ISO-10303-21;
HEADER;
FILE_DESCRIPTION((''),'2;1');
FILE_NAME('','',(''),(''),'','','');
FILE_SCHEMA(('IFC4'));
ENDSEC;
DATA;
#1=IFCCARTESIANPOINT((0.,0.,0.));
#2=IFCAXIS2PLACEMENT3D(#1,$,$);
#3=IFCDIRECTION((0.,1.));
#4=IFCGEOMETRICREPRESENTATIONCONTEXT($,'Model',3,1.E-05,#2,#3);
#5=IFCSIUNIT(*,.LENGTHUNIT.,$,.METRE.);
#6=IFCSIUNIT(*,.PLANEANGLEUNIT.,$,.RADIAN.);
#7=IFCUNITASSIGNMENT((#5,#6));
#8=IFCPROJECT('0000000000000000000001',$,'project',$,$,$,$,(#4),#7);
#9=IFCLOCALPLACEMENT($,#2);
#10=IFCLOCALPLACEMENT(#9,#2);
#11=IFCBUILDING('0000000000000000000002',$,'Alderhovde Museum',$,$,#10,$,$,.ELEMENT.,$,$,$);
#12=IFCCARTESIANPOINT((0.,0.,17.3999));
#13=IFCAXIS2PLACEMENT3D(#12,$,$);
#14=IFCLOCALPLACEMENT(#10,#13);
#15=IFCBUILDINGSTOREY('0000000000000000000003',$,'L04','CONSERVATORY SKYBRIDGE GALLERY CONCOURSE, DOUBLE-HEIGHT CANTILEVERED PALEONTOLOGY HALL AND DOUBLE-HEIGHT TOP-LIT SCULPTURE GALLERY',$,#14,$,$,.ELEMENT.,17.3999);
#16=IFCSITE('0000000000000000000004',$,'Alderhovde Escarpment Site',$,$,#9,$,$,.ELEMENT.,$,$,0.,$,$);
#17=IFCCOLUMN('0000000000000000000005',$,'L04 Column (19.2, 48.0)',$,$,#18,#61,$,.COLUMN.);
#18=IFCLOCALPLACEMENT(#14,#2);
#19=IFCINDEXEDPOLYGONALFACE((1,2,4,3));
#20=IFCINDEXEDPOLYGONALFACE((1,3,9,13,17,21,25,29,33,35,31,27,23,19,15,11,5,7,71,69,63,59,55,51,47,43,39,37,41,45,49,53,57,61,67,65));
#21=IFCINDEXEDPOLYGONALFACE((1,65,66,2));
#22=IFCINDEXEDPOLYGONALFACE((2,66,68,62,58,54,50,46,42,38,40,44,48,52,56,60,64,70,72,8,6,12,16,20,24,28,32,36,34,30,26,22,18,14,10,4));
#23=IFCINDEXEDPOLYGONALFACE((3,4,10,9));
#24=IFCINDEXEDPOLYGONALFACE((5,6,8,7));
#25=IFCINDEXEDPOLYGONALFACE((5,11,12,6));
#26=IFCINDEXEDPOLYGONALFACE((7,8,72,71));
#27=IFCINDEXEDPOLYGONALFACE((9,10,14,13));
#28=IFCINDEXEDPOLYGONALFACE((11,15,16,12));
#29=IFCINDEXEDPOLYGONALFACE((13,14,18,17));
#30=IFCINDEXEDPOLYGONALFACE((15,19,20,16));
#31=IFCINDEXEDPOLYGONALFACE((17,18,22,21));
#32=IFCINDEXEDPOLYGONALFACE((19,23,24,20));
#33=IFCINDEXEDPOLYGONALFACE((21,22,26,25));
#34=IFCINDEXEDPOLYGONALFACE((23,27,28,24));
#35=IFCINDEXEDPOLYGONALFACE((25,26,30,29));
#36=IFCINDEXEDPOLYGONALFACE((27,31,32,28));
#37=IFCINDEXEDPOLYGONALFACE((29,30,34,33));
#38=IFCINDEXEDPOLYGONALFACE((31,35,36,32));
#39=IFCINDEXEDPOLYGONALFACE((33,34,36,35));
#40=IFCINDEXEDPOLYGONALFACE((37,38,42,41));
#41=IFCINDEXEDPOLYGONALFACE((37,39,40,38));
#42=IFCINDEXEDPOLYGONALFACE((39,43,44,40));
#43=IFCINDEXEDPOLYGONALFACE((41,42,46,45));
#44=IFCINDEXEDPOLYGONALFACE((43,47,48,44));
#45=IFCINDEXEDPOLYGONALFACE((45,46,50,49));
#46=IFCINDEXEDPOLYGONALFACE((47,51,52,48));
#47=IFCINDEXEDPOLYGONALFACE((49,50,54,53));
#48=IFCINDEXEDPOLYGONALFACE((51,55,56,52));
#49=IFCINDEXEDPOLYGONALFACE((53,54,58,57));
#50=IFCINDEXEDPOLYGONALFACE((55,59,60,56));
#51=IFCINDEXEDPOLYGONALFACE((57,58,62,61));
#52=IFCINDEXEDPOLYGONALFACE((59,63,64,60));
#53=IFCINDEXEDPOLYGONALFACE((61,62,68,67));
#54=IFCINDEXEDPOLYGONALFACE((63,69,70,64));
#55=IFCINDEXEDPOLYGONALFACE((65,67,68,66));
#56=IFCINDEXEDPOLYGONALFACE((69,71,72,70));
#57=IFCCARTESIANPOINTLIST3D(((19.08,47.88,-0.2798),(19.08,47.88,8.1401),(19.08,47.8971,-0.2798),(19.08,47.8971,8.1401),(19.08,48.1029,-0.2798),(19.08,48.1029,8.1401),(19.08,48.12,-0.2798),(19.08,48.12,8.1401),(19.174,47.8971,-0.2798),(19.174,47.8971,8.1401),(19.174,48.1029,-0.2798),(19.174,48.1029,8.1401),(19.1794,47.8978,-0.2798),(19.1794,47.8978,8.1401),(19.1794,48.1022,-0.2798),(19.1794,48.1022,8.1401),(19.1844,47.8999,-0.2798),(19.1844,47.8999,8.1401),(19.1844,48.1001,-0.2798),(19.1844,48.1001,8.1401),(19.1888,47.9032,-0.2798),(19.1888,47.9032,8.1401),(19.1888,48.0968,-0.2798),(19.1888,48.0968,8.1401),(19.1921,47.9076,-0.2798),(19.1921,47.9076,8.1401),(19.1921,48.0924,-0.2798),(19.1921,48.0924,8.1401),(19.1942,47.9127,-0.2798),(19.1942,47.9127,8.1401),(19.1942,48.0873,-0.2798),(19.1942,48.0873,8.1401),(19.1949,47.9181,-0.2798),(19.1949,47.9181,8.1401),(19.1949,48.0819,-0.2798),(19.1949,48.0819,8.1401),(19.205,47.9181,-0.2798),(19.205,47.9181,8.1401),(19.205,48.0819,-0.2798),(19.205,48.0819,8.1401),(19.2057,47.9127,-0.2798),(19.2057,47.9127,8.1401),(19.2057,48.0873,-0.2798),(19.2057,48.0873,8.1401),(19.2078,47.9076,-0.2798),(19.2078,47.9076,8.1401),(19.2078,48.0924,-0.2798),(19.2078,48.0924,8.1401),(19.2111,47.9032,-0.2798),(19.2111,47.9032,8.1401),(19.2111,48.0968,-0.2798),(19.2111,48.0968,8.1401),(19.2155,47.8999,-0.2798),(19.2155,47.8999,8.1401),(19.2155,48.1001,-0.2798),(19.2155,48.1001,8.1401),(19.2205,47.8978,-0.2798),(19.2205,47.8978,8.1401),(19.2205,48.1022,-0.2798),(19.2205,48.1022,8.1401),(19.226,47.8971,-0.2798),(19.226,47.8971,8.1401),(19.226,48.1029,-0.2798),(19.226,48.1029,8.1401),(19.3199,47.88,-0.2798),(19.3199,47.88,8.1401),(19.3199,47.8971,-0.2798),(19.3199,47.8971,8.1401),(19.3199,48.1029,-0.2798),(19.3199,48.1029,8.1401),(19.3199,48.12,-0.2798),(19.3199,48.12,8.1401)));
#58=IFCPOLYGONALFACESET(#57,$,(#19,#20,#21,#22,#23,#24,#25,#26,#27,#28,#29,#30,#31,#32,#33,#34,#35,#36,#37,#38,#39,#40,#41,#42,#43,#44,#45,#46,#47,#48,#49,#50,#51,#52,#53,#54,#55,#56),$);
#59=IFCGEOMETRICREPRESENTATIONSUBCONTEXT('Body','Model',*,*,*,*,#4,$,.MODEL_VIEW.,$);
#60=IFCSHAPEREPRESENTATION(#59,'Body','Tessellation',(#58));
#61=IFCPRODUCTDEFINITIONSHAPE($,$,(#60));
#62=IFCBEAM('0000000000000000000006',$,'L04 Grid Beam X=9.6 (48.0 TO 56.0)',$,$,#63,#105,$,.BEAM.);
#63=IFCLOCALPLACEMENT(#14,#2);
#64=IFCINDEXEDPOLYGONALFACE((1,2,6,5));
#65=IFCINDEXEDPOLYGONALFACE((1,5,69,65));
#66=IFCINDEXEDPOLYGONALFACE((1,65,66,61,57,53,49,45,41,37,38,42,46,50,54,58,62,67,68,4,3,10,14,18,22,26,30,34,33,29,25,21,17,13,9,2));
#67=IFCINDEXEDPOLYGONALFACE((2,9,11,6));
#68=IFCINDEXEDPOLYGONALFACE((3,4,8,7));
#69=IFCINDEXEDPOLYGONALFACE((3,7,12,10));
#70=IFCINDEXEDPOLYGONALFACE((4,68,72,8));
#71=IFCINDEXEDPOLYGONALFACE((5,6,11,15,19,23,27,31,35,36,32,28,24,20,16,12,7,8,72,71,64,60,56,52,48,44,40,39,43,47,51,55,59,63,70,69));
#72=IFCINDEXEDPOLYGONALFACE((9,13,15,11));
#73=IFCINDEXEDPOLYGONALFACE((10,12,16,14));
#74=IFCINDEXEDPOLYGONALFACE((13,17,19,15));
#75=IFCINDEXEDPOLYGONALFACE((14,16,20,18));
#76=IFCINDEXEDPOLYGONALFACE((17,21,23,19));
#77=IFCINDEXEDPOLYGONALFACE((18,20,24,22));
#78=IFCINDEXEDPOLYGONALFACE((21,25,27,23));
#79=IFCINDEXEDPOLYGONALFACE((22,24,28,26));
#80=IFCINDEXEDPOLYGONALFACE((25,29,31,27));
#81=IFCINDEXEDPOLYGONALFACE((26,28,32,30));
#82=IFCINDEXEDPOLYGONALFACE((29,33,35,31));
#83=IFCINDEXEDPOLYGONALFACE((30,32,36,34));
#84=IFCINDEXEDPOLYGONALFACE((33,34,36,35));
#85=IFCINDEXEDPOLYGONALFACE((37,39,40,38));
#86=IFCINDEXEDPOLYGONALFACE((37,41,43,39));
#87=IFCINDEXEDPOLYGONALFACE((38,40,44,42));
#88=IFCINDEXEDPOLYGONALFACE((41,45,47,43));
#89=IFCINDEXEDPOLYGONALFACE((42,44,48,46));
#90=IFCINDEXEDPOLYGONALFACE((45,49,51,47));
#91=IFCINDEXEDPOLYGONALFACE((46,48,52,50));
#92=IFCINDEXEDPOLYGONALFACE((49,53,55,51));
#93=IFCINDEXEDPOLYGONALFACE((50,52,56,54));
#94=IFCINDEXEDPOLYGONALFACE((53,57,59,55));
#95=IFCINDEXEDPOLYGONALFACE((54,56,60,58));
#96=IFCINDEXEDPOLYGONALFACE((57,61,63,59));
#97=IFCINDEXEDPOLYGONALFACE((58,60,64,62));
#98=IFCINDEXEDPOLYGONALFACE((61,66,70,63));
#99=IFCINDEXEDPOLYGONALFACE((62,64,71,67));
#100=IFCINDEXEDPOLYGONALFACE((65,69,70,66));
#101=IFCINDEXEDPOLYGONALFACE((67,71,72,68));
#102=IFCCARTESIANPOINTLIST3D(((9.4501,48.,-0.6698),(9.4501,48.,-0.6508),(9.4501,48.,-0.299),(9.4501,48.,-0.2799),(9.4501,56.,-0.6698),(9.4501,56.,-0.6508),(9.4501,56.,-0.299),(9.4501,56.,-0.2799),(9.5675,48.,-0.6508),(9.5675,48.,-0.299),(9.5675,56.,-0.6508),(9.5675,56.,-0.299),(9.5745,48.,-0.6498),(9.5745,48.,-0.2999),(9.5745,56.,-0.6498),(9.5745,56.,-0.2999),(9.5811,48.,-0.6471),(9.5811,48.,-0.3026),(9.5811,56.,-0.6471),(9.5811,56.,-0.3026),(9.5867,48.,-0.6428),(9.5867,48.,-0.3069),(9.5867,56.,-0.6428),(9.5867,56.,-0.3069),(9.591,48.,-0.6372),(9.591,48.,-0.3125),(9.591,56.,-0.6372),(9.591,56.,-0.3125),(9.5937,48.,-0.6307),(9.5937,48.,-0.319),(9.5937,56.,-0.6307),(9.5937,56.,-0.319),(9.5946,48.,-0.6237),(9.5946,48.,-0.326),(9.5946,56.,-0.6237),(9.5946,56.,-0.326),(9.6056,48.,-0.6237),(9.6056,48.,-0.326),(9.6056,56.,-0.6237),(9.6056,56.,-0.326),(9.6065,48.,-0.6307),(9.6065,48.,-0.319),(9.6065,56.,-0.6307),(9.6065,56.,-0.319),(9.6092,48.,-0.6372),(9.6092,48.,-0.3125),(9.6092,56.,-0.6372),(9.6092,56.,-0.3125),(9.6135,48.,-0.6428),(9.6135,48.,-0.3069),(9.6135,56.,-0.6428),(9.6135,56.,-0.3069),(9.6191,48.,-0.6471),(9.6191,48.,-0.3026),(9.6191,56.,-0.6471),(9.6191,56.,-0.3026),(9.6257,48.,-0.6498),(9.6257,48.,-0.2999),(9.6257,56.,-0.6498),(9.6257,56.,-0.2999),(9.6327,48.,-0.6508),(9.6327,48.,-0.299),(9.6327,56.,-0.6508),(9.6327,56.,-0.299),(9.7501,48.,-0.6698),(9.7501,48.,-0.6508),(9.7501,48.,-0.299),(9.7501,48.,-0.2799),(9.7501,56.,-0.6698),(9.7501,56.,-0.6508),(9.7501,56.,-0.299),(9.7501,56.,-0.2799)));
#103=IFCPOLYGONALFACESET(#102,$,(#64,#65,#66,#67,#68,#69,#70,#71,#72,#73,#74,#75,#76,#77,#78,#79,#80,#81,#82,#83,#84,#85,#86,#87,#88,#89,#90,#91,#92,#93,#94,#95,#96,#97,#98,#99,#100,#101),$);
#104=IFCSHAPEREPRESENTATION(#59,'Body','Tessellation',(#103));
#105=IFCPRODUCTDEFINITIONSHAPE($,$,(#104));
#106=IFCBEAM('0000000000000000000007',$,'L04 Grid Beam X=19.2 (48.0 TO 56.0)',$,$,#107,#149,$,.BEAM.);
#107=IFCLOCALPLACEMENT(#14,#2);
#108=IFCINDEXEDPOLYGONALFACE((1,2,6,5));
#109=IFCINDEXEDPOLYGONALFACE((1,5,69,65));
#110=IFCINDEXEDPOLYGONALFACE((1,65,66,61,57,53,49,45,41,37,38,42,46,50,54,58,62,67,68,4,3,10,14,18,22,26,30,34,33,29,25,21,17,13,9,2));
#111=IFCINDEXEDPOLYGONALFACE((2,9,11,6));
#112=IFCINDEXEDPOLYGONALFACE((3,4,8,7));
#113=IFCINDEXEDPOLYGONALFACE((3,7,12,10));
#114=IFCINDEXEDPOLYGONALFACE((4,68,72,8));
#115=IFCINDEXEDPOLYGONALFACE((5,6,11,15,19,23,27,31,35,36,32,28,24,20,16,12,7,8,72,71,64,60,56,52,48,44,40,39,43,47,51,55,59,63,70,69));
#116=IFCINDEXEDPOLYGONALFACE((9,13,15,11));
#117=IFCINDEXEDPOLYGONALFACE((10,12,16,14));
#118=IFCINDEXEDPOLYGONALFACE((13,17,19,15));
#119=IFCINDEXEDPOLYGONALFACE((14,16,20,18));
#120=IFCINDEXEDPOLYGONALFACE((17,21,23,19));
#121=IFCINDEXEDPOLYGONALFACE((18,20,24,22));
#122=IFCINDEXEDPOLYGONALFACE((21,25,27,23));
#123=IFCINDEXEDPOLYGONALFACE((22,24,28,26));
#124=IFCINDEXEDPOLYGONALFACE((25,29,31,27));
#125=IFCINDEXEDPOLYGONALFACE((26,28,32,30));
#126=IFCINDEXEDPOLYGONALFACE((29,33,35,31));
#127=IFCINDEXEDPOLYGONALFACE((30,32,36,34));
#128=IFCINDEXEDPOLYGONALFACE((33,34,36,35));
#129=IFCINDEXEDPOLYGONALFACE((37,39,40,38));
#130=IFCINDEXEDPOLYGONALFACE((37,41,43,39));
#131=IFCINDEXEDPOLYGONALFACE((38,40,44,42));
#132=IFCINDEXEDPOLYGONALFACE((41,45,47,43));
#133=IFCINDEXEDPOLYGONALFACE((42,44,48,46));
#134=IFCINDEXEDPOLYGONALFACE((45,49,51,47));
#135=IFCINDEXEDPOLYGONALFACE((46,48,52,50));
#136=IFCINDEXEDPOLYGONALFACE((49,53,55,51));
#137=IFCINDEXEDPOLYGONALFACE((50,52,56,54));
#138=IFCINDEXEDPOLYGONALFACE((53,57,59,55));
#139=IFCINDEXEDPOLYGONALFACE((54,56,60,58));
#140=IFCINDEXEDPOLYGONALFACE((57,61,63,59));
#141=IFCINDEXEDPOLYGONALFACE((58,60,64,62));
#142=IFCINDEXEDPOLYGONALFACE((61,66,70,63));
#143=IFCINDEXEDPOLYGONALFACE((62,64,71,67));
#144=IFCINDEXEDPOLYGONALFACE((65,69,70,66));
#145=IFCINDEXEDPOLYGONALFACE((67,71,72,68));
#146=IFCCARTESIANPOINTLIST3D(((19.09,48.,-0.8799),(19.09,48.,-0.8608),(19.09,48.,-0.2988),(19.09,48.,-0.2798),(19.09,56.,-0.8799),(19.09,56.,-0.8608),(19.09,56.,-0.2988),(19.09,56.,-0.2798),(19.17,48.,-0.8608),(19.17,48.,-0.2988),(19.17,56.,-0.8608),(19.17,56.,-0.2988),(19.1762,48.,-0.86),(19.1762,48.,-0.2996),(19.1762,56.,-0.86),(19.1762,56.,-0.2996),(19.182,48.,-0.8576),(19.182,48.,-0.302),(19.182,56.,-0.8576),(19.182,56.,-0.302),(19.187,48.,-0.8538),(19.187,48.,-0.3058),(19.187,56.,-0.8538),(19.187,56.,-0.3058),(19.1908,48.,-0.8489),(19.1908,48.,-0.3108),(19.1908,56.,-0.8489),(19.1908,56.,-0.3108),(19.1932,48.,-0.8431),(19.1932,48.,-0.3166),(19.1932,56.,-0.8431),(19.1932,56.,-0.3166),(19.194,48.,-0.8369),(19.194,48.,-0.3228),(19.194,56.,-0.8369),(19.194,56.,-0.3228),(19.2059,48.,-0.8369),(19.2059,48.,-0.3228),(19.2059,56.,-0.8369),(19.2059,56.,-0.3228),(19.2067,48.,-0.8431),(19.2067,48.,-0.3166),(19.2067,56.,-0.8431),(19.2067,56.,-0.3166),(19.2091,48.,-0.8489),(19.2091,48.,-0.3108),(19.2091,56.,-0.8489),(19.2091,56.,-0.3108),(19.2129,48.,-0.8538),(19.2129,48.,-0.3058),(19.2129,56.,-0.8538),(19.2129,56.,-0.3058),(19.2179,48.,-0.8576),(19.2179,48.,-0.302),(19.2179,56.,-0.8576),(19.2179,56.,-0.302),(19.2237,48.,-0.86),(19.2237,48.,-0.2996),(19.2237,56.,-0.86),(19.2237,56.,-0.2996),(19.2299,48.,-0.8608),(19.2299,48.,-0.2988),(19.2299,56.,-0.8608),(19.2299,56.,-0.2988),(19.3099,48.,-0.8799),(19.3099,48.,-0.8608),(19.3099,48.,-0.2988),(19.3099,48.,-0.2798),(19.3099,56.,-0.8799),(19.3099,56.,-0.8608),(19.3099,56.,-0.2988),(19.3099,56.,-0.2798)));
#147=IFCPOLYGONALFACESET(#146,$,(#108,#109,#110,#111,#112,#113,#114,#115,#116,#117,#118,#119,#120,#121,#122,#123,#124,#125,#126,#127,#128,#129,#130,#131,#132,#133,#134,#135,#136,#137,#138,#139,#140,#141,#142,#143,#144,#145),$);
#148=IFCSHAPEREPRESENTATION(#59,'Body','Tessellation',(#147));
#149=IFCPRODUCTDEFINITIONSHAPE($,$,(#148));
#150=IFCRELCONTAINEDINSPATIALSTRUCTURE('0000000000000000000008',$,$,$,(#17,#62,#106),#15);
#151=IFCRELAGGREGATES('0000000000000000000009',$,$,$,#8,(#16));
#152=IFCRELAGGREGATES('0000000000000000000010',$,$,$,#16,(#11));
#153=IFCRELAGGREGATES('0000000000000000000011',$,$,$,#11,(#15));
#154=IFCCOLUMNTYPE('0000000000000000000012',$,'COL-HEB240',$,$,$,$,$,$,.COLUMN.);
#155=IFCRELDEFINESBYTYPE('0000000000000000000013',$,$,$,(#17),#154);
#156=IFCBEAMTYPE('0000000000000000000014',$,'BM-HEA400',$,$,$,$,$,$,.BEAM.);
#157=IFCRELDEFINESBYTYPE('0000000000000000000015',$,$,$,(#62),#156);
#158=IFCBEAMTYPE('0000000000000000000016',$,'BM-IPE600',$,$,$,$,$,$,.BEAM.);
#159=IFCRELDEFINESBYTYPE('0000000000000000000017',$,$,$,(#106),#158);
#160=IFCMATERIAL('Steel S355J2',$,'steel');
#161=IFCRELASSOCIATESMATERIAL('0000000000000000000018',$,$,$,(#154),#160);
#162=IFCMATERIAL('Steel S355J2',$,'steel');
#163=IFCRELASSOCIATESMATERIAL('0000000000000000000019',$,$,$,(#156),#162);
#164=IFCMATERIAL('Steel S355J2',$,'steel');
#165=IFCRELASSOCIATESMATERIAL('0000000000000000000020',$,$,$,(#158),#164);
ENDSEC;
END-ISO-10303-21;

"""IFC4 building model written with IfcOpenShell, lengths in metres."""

from ifc_helpers import new_model, si_unit, direction, frame, origin, origin_2d, place, context, subcontext, project, spatial, i_section, extrude, material, material_profile, profile_set, type_object, element, save


model = new_model("IFC4")

# Units and contexts
model_context = context("Model", 3, precision=1e-05, world=origin(), true_north=direction((0.0, 1.0)))
body_context = subcontext(model_context, "Body", "Model", "MODEL_VIEW")
ifc_project = project(units=[si_unit("LENGTHUNIT", "METRE"), si_unit("PLANEANGLEUNIT", "RADIAN")], contexts=[model_context])

# Site, building, storey
site_placement = place(None, origin())
site = spatial("IfcSite", under=ifc_project, at=site_placement, Name="Alderhovde Escarpment Site", CompositionType="ELEMENT", RefElevation=0.0)
building_placement = place(site_placement, origin())
building = spatial("IfcBuilding", under=site, at=building_placement, Name="Alderhovde Museum", CompositionType="ELEMENT")
storey_placement = place(building_placement, frame((0.0, 0.0, 17.3999)))
storey = spatial("IfcBuildingStorey", under=building, at=storey_placement, Name="L04", Description="CONSERVATORY SKYBRIDGE GALLERY CONCOURSE, DOUBLE-HEIGHT CANTILEVERED PALEONTOLOGY HALL AND DOUBLE-HEIGHT TOP-LIT SCULPTURE GALLERY", CompositionType="ELEMENT", Elevation=17.3999)

# Column
ifc_material_1 = material(Name="Steel S355J2", Category="steel")
ifc_material_profile_1 = material_profile(ifc_material_1, i_section(OverallWidth=0.24, OverallDepth=0.24, WebThickness=0.01, FlangeThickness=0.0171, FilletRadius=0.021, at=origin_2d()), Name="HEB 240")
ifc_profile_set_1 = profile_set([ifc_material_profile_1], Name="Steel S355J2")
column_type = type_object("IfcColumnType", Name="COL-HEB240", PredefinedType="COLUMN", material=ifc_profile_set_1)
column_placement = place(storey_placement, frame((19.2, 48.0, -0.2798), z_axis=(0.0, 0.0, 1.0), x_axis=(1.0, 0.0, 0.0)))
element("IfcColumn", 1, at=column_placement, inside=storey, type_object=column_type, Name="L04 Column (19.2, 48.0)", PredefinedType="COLUMN", context=body_context, shape_type="SweptSolid", body=[
    extrude(i_section(OverallWidth=0.24, OverallDepth=0.24, WebThickness=0.01, FlangeThickness=0.0171, FilletRadius=0.021, at=origin_2d()), origin(), (0.0, 0.0, 1.0), 8.4199),
])

# Beams
ifc_material_2 = material(Name="Steel S355J2", Category="steel")
ifc_material_profile_2 = material_profile(ifc_material_2, i_section(OverallWidth=0.3, OverallDepth=0.3899, WebThickness=0.011, FlangeThickness=0.019, FilletRadius=0.0271, at=origin_2d()), Name="HEA 400")
ifc_profile_set_2 = profile_set([ifc_material_profile_2], Name="Steel S355J2")
beam_type_1 = type_object("IfcBeamType", Name="BM-HEA400", PredefinedType="BEAM", material=ifc_profile_set_2)
beam_1_placement = place(storey_placement, frame((9.6001, 48.0, -0.4749), z_axis=(0.0, 1.0, 0.0), x_axis=(-1.0, 0.0, 0.0)))
element("IfcBeam", 2, at=beam_1_placement, inside=storey, type_object=beam_type_1, Name="L04 Grid Beam X=9.6 (48.0 TO 56.0)", PredefinedType="BEAM", context=body_context, shape_type="SweptSolid", body=[
    extrude(i_section(OverallWidth=0.3, OverallDepth=0.3899, WebThickness=0.011, FlangeThickness=0.019, FilletRadius=0.0271, at=origin_2d()), origin(), (0.0, 0.0, 1.0), 8.0),
])
ifc_material_3 = material(Name="Steel S355J2", Category="steel")
ifc_material_profile_3 = material_profile(ifc_material_3, i_section(OverallWidth=0.22, OverallDepth=0.6001, WebThickness=0.012, FlangeThickness=0.019, FilletRadius=0.0239, at=origin_2d()), Name="IPE 600")
ifc_profile_set_3 = profile_set([ifc_material_profile_3], Name="Steel S355J2")
beam_type_2 = type_object("IfcBeamType", Name="BM-IPE600", PredefinedType="BEAM", material=ifc_profile_set_3)
beam_2_placement = place(storey_placement, frame((19.2, 48.0, -0.5798), z_axis=(0.0, 1.0, 0.0), x_axis=(-1.0, 0.0, 0.0)))
element("IfcBeam", 3, at=beam_2_placement, inside=storey, type_object=beam_type_2, Name="L04 Grid Beam X=19.2 (48.0 TO 56.0)", PredefinedType="BEAM", context=body_context, shape_type="SweptSolid", body=[
    extrude(i_section(OverallWidth=0.22, OverallDepth=0.6001, WebThickness=0.012, FlangeThickness=0.019, FilletRadius=0.0239, at=origin_2d()), origin(), (0.0, 0.0, 1.0), 8.0),
])

save(model, "model.ifc")
